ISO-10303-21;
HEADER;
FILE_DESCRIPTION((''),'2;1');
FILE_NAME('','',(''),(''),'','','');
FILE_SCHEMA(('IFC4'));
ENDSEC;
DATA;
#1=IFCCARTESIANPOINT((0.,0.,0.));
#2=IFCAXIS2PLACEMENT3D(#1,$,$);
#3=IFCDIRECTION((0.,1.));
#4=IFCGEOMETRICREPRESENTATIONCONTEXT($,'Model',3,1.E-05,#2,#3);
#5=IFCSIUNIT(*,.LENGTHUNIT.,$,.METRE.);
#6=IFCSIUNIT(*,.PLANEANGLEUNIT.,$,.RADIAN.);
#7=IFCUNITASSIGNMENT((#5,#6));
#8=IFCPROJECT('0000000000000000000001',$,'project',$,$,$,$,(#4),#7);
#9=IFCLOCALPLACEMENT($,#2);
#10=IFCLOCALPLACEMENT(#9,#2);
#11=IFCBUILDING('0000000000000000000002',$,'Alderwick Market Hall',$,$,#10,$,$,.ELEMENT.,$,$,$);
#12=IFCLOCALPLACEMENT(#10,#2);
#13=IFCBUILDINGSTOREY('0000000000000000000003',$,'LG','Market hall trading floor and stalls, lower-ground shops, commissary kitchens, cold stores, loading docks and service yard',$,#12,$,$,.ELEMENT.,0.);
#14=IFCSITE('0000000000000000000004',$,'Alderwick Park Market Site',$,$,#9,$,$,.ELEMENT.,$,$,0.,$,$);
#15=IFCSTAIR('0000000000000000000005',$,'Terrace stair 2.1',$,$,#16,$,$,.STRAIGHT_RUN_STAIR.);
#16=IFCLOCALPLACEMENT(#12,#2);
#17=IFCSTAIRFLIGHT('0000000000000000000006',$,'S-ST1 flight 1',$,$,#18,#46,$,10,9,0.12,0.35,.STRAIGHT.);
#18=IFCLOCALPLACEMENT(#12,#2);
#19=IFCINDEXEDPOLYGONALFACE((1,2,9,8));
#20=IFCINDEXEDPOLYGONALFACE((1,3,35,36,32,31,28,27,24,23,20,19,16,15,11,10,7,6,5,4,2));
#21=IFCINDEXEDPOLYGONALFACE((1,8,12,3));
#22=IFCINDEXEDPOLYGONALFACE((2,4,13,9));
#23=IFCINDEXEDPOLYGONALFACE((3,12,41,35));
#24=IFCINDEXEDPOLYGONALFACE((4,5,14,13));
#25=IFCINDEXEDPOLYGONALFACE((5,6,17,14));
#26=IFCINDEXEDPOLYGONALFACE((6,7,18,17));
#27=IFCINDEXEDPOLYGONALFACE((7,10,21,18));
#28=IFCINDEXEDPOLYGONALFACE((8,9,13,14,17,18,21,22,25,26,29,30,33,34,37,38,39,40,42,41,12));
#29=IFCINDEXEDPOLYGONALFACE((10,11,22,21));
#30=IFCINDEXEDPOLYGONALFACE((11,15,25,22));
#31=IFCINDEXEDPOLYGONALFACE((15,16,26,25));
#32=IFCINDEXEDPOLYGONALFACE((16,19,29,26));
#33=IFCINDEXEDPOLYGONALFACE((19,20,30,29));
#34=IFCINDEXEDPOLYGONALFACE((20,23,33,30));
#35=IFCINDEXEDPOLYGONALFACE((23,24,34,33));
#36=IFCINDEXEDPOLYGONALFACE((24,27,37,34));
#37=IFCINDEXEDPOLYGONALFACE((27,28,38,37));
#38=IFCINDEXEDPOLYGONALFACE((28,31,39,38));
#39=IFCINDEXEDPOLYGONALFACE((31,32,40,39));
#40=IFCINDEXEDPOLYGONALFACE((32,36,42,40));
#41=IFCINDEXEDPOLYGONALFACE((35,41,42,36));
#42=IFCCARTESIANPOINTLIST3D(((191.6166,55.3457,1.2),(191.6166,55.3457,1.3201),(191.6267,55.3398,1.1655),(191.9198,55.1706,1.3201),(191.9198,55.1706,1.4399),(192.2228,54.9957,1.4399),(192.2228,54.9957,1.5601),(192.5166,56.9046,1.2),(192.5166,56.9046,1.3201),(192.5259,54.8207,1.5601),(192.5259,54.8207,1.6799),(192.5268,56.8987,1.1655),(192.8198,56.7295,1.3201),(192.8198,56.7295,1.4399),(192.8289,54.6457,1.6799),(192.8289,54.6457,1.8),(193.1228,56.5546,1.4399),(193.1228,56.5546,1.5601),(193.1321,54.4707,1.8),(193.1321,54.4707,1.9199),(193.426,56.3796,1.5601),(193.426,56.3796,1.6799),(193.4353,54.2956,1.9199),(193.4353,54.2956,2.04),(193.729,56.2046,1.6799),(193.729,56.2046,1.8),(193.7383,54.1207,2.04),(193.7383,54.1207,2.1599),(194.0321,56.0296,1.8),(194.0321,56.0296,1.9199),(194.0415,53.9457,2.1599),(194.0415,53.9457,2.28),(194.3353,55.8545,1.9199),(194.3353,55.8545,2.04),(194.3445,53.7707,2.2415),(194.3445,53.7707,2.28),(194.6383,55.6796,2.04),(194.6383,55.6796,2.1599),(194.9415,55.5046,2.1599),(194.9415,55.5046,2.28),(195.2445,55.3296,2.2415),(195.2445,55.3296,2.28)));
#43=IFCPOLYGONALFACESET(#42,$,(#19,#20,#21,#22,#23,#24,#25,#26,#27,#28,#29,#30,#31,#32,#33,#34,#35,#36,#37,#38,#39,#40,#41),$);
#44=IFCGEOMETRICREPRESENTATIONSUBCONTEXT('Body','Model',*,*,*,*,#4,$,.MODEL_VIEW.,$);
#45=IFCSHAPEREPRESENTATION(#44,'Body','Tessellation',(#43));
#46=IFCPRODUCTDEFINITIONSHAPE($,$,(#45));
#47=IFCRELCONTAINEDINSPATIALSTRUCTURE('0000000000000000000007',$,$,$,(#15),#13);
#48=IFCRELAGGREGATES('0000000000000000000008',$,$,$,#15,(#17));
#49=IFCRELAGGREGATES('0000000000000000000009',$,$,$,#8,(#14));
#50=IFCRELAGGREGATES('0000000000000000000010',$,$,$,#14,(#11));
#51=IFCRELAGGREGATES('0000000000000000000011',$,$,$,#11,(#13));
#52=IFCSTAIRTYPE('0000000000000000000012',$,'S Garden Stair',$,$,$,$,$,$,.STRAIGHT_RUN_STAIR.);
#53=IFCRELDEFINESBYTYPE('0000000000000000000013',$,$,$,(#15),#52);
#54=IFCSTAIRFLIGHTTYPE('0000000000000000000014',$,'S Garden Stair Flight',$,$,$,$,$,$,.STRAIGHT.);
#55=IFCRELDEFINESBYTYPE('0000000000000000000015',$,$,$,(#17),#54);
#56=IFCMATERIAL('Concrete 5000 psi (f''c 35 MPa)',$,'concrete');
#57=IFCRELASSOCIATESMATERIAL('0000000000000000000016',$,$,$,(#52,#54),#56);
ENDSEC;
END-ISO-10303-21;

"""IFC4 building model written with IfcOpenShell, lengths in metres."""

from ifc_helpers import new_model, si_unit, direction, frame, origin, place, context, subcontext, project, spatial, polyline, outline, extrude, material, type_object, element, aggregate, save


model = new_model("IFC4")

# Units and contexts
model_context = context("Model", 3, precision=1e-05, world=origin(), true_north=direction((0.0, 1.0)))
body_context = subcontext(model_context, "Body", "Model", "MODEL_VIEW")
ifc_project = project(units=[si_unit("LENGTHUNIT", "METRE"), si_unit("PLANEANGLEUNIT", "RADIAN")], contexts=[model_context])

# Site, building, storey
site_placement = place(None, origin())
site = spatial("IfcSite", under=ifc_project, at=site_placement, Name="Alderwick Park Market Site", CompositionType="ELEMENT", RefElevation=0.0)
building_placement = place(site_placement, origin())
building = spatial("IfcBuilding", under=site, at=building_placement, Name="Alderwick Market Hall", CompositionType="ELEMENT")
storey_placement = place(building_placement, origin())
storey = spatial("IfcBuildingStorey", under=building, at=storey_placement, Name="LG", Description="Market hall trading floor and stalls, lower-ground shops, commissary kitchens, cold stores, loading docks and service yard", CompositionType="ELEMENT", Elevation=0.0)

# Shared definitions
ifc_material_1 = material(Name="Concrete 5000 psi (f'c 35 MPa)", Category="concrete")

# Stair, stair flight
stair_type = type_object("IfcStairType", Name="S Garden Stair", PredefinedType="STRAIGHT_RUN_STAIR", material=ifc_material_1)
stair_flight_type = type_object("IfcStairFlightType", Name="S Garden Stair Flight", PredefinedType="STRAIGHT", material=ifc_material_1)
stair_1_placement = place(storey_placement, origin())
stair_1 = element("IfcStair", 1, at=stair_1_placement, inside=storey, type_object=stair_type, Name="Terrace stair 2.1", PredefinedType="STRAIGHT_RUN_STAIR")
stair_flight_1_placement = place(storey_placement, frame((192.0667, 56.1252, 1.2), z_axis=(0.0, 0.0, 1.0), x_axis=(0.866025, -0.5, 0.0)))
stair_flight_1 = element("IfcStairFlight", 2, at=stair_flight_1_placement, type_object=stair_flight_type, Name="S-ST1 flight 1", NumberOfRisers=10, NumberOfTreads=9, PredefinedType="STRAIGHT", RiserHeight=0.12, TreadLength=0.35, context=body_context, shape_type="SweptSolid", body=[
    extrude(outline(polyline([(0.0117, -0.0344), (0.0, 0.0), (0.0, 0.1201), (0.3501, 0.1201), (0.3501, 0.24), (0.7, 0.24), (0.7, 0.3601), (1.05, 0.3601), (1.05, 0.48), (1.3999, 0.48), (1.3999, 0.6001), (1.75, 0.6001), (1.75, 0.72), (2.1001, 0.72), (2.1001, 0.8401), (2.45, 0.8401), (2.45, 0.96), (2.8, 0.96), (2.8, 1.0801), (3.1499, 1.0801), (3.1499, 1.0415), (0.0117, -0.0344)])), frame((0.0, 0.8999, 0.0), z_axis=(0.0, -1.0, 0.0), x_axis=(1.0, 0.0, 0.0)), (0.0, 0.0, 1.0), 1.8),
])

aggregate(stair_1, [stair_flight_1])

save(model, "model.ifc")
